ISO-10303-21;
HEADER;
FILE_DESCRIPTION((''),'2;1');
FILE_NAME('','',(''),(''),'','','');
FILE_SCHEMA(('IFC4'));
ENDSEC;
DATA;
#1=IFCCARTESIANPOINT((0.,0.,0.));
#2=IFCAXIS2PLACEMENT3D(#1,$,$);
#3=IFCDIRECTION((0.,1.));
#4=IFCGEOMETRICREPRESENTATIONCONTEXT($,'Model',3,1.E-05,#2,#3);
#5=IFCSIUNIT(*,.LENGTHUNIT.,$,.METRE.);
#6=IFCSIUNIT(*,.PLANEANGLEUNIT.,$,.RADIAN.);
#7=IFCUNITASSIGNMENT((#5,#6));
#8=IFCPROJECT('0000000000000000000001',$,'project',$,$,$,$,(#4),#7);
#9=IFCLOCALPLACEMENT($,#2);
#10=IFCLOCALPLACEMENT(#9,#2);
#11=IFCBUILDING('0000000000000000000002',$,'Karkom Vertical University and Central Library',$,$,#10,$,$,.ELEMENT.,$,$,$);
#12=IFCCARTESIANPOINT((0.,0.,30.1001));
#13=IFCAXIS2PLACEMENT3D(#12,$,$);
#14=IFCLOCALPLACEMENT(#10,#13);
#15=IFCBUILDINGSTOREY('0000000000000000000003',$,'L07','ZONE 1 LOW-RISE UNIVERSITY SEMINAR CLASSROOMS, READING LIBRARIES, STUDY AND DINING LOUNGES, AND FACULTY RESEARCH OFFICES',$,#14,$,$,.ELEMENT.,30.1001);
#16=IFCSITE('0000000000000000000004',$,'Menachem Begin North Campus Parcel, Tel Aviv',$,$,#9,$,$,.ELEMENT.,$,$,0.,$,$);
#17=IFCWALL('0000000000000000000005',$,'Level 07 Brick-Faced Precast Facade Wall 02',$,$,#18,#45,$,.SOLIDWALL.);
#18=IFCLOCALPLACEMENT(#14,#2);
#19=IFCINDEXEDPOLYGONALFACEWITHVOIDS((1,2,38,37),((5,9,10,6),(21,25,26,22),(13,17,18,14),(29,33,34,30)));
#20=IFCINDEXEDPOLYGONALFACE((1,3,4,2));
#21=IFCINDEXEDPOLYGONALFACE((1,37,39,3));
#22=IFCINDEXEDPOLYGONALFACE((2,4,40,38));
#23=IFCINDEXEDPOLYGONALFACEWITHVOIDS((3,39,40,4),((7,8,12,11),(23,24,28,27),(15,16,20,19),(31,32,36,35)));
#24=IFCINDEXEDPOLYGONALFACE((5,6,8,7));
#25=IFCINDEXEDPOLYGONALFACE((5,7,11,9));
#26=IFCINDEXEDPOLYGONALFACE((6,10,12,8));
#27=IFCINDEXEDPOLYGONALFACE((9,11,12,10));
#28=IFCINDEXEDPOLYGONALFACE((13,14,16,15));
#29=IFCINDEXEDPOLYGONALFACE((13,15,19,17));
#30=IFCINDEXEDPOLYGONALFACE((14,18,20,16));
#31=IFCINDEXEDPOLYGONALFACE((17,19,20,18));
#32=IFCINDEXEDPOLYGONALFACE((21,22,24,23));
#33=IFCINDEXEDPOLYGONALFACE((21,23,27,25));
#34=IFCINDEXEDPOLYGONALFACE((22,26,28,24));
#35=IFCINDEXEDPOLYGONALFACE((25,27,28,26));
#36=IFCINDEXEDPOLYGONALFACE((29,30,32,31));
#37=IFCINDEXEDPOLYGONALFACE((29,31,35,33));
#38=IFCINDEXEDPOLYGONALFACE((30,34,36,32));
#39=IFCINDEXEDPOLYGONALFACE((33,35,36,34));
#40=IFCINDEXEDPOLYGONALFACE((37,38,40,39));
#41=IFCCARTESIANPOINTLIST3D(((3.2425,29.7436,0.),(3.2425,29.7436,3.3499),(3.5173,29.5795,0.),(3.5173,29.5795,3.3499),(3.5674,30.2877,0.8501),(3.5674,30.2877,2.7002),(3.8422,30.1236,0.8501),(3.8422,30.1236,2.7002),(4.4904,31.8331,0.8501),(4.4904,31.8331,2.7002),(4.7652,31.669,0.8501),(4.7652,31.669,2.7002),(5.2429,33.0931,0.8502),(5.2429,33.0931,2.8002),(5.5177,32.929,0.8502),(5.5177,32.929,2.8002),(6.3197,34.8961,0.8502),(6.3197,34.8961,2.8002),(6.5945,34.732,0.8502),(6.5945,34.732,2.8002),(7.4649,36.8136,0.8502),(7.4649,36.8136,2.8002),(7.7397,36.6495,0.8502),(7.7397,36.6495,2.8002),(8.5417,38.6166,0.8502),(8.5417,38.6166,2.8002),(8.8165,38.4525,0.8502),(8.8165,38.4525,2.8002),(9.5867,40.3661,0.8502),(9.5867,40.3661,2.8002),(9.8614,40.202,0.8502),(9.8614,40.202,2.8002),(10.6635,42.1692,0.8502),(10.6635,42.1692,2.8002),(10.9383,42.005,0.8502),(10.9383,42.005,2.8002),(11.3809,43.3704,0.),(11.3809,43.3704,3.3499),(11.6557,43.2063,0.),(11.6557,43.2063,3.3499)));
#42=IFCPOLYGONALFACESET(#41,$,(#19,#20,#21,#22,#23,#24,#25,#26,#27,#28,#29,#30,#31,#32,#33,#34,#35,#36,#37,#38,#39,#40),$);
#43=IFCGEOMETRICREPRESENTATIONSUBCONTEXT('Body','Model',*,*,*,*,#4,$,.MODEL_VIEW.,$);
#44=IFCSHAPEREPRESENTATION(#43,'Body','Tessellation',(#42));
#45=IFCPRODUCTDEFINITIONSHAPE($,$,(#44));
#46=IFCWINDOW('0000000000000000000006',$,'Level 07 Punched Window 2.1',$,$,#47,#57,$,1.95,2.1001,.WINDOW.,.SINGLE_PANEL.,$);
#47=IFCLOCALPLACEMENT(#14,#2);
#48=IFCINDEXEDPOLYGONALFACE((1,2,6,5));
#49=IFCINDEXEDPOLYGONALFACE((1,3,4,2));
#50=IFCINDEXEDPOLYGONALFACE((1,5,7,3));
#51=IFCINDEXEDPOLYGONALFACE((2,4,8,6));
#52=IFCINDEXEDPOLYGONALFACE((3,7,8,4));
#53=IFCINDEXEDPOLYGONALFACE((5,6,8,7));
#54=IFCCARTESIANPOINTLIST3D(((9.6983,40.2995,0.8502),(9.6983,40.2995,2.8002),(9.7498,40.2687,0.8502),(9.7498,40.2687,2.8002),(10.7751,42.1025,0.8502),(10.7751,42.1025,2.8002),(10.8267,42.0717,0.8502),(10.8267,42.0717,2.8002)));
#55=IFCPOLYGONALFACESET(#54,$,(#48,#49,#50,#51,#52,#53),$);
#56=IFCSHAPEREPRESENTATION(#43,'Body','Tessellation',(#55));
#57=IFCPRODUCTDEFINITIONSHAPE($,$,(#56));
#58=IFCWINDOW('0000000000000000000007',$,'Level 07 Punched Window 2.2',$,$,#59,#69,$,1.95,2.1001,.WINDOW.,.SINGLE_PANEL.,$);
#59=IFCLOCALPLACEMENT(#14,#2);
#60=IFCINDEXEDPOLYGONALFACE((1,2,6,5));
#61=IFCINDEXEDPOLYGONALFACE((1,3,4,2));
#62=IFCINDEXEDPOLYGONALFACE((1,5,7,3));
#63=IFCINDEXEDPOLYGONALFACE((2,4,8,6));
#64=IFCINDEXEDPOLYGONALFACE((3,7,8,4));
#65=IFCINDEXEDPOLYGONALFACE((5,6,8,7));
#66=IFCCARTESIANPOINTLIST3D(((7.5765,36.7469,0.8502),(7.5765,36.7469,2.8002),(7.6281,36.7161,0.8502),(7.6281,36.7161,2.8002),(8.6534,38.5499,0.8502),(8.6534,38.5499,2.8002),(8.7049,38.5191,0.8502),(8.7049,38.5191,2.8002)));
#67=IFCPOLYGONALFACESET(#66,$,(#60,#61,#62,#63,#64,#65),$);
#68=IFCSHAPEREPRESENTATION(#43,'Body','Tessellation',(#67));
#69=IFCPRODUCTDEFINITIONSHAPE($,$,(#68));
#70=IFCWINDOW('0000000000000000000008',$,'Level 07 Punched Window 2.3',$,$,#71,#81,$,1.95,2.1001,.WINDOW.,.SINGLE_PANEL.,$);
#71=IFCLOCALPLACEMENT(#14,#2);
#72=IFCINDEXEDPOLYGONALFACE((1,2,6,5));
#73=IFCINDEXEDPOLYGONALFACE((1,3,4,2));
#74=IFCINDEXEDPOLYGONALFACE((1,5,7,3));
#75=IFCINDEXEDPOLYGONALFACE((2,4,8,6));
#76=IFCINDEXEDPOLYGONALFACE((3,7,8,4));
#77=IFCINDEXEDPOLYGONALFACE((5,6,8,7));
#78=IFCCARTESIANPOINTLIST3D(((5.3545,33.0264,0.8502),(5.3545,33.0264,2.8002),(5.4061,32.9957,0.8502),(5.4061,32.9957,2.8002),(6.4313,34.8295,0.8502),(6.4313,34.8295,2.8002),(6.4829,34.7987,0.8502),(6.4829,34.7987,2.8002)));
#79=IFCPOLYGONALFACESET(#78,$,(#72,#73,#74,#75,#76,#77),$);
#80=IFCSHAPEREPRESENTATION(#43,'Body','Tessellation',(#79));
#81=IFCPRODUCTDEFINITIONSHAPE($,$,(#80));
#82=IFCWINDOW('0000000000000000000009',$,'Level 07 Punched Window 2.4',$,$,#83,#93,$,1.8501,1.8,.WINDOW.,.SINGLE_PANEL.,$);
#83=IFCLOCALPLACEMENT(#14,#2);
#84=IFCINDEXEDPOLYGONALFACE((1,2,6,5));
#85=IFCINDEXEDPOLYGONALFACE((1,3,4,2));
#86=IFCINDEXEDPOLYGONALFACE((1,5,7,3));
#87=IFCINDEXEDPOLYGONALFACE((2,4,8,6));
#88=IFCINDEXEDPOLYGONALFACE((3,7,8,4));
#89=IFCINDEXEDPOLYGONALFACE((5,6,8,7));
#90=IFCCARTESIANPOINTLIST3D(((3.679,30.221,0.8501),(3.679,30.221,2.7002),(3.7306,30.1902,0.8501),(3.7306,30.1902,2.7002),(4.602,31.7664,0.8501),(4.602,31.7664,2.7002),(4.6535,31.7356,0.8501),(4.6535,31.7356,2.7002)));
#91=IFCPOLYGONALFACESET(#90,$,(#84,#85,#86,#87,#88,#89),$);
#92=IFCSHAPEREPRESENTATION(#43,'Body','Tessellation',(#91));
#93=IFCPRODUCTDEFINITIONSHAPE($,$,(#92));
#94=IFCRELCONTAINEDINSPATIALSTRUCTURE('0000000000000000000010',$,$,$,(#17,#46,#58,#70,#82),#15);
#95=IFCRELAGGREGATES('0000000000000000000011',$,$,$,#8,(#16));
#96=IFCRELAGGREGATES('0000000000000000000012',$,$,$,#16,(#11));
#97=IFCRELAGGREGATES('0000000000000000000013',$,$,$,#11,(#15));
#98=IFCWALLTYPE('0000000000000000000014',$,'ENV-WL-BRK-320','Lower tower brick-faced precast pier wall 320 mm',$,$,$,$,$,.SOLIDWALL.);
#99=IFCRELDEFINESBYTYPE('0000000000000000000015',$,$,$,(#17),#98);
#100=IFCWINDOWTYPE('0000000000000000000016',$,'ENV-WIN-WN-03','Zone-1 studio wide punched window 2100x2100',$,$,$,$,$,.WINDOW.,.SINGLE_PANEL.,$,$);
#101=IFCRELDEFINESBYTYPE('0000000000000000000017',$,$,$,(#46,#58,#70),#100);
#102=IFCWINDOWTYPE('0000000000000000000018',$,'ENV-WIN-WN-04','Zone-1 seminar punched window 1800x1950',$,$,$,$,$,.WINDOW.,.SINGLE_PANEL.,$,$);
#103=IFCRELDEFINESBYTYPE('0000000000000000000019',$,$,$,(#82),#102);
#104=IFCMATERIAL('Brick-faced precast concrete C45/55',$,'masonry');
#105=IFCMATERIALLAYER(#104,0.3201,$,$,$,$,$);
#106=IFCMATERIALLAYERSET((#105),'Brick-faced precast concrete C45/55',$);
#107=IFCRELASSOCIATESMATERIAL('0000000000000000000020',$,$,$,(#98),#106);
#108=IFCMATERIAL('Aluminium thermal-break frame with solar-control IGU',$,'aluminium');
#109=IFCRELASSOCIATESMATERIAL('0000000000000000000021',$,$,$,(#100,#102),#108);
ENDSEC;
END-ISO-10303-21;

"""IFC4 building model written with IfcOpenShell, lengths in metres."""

from ifc_helpers import new_model, si_unit, direction, frame, frame_2d, origin, origin_with_axes, place, context, subcontext, project, spatial, rectangle, extrude, source, transform, mapped, material, layer, layer_set, type_object, element, fill, save


model = new_model("IFC4")

# Units and contexts
model_context = context("Model", 3, precision=1e-05, world=origin(), true_north=direction((0.0, 1.0)))
body_context = subcontext(model_context, "Body", "Model", "MODEL_VIEW")
ifc_project = project(units=[si_unit("LENGTHUNIT", "METRE"), si_unit("PLANEANGLEUNIT", "RADIAN")], contexts=[model_context])

# Site, building, storey
site_placement = place(None, origin())
site = spatial("IfcSite", under=ifc_project, at=site_placement, Name="Menachem Begin North Campus Parcel, Tel Aviv", CompositionType="ELEMENT", RefElevation=0.0)
building_placement = place(site_placement, origin())
building = spatial("IfcBuilding", under=site, at=building_placement, Name="Karkom Vertical University and Central Library", CompositionType="ELEMENT")
storey_placement = place(building_placement, frame((0.0, 0.0, 30.1001)))
storey = spatial("IfcBuildingStorey", under=building, at=storey_placement, Name="L07", Description="ZONE 1 LOW-RISE UNIVERSITY SEMINAR CLASSROOMS, READING LIBRARIES, STUDY AND DINING LOUNGES, AND FACULTY RESEARCH OFFICES", CompositionType="ELEMENT", Elevation=30.1001)

# Wall, openings, windows
ifc_material_1 = material(Name="Brick-faced precast concrete C45/55", Category="masonry")
ifc_layer_1 = layer(ifc_material_1, 0.3201)
ifc_layer_set_1 = layer_set([ifc_layer_1], Name="Brick-faced precast concrete C45/55")
wall_type_1 = type_object("IfcWallType", Name="ENV-WL-BRK-320", Description="Lower tower brick-faced precast pier wall 320 mm", PredefinedType="SOLIDWALL", material=ifc_layer_set_1)
wall_1_placement = place(storey_placement, frame((11.5183, 43.2883, 0.0), z_axis=(0.0, 0.0, 1.0), x_axis=(-0.512753, -0.858536, 0.0)))
wall_1 = element("IfcWall", 1, at=wall_1_placement, inside=storey, type_object=wall_type_1, Name="Level 07 Brick-Faced Precast Facade Wall 02", PredefinedType="SOLIDWALL", context=body_context, shape_type="SweptSolid", body=[
    extrude(rectangle(XDim=15.8721, YDim=0.3201, at=frame_2d((7.936, 0.0))), origin(), (0.0, 0.0, 1.0), 3.3499),
])
opening_1_placement = place(wall_1_placement, frame((1.3992, 0.0, 0.8501)))
opening_1 = element("IfcOpeningElement", 2, at=opening_1_placement, cuts=wall_1, PredefinedType="OPENING", context=body_context, shape_type="SweptSolid", body=[
    extrude(rectangle(XDim=2.1001, YDim=1.95, at=frame_2d((1.05, 0.9751))), frame((0.0, 0.1699, 0.0), z_axis=(0.0, -1.0, 0.0), x_axis=(1.0, 0.0, 0.0)), (0.0, 0.0, 1.0), 0.3401),
])
opening_2_placement = place(wall_1_placement, frame((5.5371, 0.0, 0.8501)))
opening_2 = element("IfcOpeningElement", 3, at=opening_2_placement, cuts=wall_1, PredefinedType="OPENING", context=body_context, shape_type="SweptSolid", body=[
    extrude(rectangle(XDim=2.1001, YDim=1.95, at=frame_2d((1.05, 0.9751))), frame((0.0, 0.1699, 0.0), z_axis=(0.0, -1.0, 0.0), x_axis=(1.0, 0.0, 0.0)), (0.0, 0.0, 1.0), 0.3401),
])
opening_3_placement = place(wall_1_placement, frame((9.8706, 0.0, 0.8501)))
opening_3 = element("IfcOpeningElement", 4, at=opening_3_placement, cuts=wall_1, PredefinedType="OPENING", context=body_context, shape_type="SweptSolid", body=[
    extrude(rectangle(XDim=2.1001, YDim=1.95, at=frame_2d((1.05, 0.9751))), frame((0.0, 0.1699, 0.0), z_axis=(0.0, -1.0, 0.0), x_axis=(1.0, 0.0, 0.0)), (0.0, 0.0, 1.0), 0.3401),
])
opening_4_placement = place(wall_1_placement, frame((13.4385, 0.0, 0.8501)))
opening_4 = element("IfcOpeningElement", 5, at=opening_4_placement, cuts=wall_1, PredefinedType="OPENING", context=body_context, shape_type="SweptSolid", body=[
    extrude(rectangle(XDim=1.8, YDim=1.8501, at=frame_2d((0.8999, 0.925))), frame((0.0, 0.1699, 0.0), z_axis=(0.0, -1.0, 0.0), x_axis=(1.0, 0.0, 0.0)), (0.0, 0.0, 1.0), 0.3401),
])
ifc_material_2 = material(Name="Aluminium thermal-break frame with solar-control IGU", Category="aluminium")
window_type_1 = type_object("IfcWindowType", Name="ENV-WIN-WN-03", Description="Zone-1 studio wide punched window 2100x2100", PartitioningType="SINGLE_PANEL", PredefinedType="WINDOW", material=ifc_material_2)
shared_shape_1 = source(origin_with_axes(), body_context, "Body", "SweptSolid", [
    extrude(rectangle(XDim=2.1001, YDim=1.95, at=frame_2d((1.05, 0.9751))), frame((0.0, 0.03, 0.0), z_axis=(0.0, -1.0, 0.0), x_axis=(1.0, 0.0, 0.0)), (0.0, 0.0, 1.0), 0.0601),
])
window_1_placement = place(opening_1_placement, origin())
window_1 = element("IfcWindow", 6, at=window_1_placement, inside=storey, type_object=window_type_1, Name="Level 07 Punched Window 2.1", OverallHeight=1.95, OverallWidth=2.1001, PartitioningType="SINGLE_PANEL", PredefinedType="WINDOW", context=body_context, shape_type="MappedRepresentation", body=[
    mapped(shared_shape_1, transform((0.0, 0.0, 0.0), scale=1.0)),
])
fill(opening_1, window_1)
window_2_placement = place(opening_2_placement, origin())
window_2 = element("IfcWindow", 7, at=window_2_placement, inside=storey, type_object=window_type_1, Name="Level 07 Punched Window 2.2", OverallHeight=1.95, OverallWidth=2.1001, PartitioningType="SINGLE_PANEL", PredefinedType="WINDOW", context=body_context, shape_type="MappedRepresentation", body=[
    mapped(shared_shape_1, transform((0.0, 0.0, 0.0), scale=1.0)),
])
fill(opening_2, window_2)
window_3_placement = place(opening_3_placement, origin())
window_3 = element("IfcWindow", 8, at=window_3_placement, inside=storey, type_object=window_type_1, Name="Level 07 Punched Window 2.3", OverallHeight=1.95, OverallWidth=2.1001, PartitioningType="SINGLE_PANEL", PredefinedType="WINDOW", context=body_context, shape_type="MappedRepresentation", body=[
    mapped(shared_shape_1, transform((0.0, 0.0, 0.0), scale=1.0)),
])
fill(opening_3, window_3)
window_type_2 = type_object("IfcWindowType", Name="ENV-WIN-WN-04", Description="Zone-1 seminar punched window 1800x1950", PartitioningType="SINGLE_PANEL", PredefinedType="WINDOW", material=ifc_material_2)
shared_shape_2 = source(origin_with_axes(), body_context, "Body", "SweptSolid", [
    extrude(rectangle(XDim=1.8, YDim=1.8501, at=frame_2d((0.8999, 0.925))), frame((0.0, 0.03, 0.0), z_axis=(0.0, -1.0, 0.0), x_axis=(1.0, 0.0, 0.0)), (0.0, 0.0, 1.0), 0.0601),
])
window_4_placement = place(opening_4_placement, origin())
window_4 = element("IfcWindow", 9, at=window_4_placement, inside=storey, type_object=window_type_2, Name="Level 07 Punched Window 2.4", OverallHeight=1.8501, OverallWidth=1.8, PartitioningType="SINGLE_PANEL", PredefinedType="WINDOW", context=body_context, shape_type="MappedRepresentation", body=[
    mapped(shared_shape_2, transform((0.0, 0.0, 0.0), scale=1.0)),
])
fill(opening_4, window_4)

save(model, "model.ifc")
